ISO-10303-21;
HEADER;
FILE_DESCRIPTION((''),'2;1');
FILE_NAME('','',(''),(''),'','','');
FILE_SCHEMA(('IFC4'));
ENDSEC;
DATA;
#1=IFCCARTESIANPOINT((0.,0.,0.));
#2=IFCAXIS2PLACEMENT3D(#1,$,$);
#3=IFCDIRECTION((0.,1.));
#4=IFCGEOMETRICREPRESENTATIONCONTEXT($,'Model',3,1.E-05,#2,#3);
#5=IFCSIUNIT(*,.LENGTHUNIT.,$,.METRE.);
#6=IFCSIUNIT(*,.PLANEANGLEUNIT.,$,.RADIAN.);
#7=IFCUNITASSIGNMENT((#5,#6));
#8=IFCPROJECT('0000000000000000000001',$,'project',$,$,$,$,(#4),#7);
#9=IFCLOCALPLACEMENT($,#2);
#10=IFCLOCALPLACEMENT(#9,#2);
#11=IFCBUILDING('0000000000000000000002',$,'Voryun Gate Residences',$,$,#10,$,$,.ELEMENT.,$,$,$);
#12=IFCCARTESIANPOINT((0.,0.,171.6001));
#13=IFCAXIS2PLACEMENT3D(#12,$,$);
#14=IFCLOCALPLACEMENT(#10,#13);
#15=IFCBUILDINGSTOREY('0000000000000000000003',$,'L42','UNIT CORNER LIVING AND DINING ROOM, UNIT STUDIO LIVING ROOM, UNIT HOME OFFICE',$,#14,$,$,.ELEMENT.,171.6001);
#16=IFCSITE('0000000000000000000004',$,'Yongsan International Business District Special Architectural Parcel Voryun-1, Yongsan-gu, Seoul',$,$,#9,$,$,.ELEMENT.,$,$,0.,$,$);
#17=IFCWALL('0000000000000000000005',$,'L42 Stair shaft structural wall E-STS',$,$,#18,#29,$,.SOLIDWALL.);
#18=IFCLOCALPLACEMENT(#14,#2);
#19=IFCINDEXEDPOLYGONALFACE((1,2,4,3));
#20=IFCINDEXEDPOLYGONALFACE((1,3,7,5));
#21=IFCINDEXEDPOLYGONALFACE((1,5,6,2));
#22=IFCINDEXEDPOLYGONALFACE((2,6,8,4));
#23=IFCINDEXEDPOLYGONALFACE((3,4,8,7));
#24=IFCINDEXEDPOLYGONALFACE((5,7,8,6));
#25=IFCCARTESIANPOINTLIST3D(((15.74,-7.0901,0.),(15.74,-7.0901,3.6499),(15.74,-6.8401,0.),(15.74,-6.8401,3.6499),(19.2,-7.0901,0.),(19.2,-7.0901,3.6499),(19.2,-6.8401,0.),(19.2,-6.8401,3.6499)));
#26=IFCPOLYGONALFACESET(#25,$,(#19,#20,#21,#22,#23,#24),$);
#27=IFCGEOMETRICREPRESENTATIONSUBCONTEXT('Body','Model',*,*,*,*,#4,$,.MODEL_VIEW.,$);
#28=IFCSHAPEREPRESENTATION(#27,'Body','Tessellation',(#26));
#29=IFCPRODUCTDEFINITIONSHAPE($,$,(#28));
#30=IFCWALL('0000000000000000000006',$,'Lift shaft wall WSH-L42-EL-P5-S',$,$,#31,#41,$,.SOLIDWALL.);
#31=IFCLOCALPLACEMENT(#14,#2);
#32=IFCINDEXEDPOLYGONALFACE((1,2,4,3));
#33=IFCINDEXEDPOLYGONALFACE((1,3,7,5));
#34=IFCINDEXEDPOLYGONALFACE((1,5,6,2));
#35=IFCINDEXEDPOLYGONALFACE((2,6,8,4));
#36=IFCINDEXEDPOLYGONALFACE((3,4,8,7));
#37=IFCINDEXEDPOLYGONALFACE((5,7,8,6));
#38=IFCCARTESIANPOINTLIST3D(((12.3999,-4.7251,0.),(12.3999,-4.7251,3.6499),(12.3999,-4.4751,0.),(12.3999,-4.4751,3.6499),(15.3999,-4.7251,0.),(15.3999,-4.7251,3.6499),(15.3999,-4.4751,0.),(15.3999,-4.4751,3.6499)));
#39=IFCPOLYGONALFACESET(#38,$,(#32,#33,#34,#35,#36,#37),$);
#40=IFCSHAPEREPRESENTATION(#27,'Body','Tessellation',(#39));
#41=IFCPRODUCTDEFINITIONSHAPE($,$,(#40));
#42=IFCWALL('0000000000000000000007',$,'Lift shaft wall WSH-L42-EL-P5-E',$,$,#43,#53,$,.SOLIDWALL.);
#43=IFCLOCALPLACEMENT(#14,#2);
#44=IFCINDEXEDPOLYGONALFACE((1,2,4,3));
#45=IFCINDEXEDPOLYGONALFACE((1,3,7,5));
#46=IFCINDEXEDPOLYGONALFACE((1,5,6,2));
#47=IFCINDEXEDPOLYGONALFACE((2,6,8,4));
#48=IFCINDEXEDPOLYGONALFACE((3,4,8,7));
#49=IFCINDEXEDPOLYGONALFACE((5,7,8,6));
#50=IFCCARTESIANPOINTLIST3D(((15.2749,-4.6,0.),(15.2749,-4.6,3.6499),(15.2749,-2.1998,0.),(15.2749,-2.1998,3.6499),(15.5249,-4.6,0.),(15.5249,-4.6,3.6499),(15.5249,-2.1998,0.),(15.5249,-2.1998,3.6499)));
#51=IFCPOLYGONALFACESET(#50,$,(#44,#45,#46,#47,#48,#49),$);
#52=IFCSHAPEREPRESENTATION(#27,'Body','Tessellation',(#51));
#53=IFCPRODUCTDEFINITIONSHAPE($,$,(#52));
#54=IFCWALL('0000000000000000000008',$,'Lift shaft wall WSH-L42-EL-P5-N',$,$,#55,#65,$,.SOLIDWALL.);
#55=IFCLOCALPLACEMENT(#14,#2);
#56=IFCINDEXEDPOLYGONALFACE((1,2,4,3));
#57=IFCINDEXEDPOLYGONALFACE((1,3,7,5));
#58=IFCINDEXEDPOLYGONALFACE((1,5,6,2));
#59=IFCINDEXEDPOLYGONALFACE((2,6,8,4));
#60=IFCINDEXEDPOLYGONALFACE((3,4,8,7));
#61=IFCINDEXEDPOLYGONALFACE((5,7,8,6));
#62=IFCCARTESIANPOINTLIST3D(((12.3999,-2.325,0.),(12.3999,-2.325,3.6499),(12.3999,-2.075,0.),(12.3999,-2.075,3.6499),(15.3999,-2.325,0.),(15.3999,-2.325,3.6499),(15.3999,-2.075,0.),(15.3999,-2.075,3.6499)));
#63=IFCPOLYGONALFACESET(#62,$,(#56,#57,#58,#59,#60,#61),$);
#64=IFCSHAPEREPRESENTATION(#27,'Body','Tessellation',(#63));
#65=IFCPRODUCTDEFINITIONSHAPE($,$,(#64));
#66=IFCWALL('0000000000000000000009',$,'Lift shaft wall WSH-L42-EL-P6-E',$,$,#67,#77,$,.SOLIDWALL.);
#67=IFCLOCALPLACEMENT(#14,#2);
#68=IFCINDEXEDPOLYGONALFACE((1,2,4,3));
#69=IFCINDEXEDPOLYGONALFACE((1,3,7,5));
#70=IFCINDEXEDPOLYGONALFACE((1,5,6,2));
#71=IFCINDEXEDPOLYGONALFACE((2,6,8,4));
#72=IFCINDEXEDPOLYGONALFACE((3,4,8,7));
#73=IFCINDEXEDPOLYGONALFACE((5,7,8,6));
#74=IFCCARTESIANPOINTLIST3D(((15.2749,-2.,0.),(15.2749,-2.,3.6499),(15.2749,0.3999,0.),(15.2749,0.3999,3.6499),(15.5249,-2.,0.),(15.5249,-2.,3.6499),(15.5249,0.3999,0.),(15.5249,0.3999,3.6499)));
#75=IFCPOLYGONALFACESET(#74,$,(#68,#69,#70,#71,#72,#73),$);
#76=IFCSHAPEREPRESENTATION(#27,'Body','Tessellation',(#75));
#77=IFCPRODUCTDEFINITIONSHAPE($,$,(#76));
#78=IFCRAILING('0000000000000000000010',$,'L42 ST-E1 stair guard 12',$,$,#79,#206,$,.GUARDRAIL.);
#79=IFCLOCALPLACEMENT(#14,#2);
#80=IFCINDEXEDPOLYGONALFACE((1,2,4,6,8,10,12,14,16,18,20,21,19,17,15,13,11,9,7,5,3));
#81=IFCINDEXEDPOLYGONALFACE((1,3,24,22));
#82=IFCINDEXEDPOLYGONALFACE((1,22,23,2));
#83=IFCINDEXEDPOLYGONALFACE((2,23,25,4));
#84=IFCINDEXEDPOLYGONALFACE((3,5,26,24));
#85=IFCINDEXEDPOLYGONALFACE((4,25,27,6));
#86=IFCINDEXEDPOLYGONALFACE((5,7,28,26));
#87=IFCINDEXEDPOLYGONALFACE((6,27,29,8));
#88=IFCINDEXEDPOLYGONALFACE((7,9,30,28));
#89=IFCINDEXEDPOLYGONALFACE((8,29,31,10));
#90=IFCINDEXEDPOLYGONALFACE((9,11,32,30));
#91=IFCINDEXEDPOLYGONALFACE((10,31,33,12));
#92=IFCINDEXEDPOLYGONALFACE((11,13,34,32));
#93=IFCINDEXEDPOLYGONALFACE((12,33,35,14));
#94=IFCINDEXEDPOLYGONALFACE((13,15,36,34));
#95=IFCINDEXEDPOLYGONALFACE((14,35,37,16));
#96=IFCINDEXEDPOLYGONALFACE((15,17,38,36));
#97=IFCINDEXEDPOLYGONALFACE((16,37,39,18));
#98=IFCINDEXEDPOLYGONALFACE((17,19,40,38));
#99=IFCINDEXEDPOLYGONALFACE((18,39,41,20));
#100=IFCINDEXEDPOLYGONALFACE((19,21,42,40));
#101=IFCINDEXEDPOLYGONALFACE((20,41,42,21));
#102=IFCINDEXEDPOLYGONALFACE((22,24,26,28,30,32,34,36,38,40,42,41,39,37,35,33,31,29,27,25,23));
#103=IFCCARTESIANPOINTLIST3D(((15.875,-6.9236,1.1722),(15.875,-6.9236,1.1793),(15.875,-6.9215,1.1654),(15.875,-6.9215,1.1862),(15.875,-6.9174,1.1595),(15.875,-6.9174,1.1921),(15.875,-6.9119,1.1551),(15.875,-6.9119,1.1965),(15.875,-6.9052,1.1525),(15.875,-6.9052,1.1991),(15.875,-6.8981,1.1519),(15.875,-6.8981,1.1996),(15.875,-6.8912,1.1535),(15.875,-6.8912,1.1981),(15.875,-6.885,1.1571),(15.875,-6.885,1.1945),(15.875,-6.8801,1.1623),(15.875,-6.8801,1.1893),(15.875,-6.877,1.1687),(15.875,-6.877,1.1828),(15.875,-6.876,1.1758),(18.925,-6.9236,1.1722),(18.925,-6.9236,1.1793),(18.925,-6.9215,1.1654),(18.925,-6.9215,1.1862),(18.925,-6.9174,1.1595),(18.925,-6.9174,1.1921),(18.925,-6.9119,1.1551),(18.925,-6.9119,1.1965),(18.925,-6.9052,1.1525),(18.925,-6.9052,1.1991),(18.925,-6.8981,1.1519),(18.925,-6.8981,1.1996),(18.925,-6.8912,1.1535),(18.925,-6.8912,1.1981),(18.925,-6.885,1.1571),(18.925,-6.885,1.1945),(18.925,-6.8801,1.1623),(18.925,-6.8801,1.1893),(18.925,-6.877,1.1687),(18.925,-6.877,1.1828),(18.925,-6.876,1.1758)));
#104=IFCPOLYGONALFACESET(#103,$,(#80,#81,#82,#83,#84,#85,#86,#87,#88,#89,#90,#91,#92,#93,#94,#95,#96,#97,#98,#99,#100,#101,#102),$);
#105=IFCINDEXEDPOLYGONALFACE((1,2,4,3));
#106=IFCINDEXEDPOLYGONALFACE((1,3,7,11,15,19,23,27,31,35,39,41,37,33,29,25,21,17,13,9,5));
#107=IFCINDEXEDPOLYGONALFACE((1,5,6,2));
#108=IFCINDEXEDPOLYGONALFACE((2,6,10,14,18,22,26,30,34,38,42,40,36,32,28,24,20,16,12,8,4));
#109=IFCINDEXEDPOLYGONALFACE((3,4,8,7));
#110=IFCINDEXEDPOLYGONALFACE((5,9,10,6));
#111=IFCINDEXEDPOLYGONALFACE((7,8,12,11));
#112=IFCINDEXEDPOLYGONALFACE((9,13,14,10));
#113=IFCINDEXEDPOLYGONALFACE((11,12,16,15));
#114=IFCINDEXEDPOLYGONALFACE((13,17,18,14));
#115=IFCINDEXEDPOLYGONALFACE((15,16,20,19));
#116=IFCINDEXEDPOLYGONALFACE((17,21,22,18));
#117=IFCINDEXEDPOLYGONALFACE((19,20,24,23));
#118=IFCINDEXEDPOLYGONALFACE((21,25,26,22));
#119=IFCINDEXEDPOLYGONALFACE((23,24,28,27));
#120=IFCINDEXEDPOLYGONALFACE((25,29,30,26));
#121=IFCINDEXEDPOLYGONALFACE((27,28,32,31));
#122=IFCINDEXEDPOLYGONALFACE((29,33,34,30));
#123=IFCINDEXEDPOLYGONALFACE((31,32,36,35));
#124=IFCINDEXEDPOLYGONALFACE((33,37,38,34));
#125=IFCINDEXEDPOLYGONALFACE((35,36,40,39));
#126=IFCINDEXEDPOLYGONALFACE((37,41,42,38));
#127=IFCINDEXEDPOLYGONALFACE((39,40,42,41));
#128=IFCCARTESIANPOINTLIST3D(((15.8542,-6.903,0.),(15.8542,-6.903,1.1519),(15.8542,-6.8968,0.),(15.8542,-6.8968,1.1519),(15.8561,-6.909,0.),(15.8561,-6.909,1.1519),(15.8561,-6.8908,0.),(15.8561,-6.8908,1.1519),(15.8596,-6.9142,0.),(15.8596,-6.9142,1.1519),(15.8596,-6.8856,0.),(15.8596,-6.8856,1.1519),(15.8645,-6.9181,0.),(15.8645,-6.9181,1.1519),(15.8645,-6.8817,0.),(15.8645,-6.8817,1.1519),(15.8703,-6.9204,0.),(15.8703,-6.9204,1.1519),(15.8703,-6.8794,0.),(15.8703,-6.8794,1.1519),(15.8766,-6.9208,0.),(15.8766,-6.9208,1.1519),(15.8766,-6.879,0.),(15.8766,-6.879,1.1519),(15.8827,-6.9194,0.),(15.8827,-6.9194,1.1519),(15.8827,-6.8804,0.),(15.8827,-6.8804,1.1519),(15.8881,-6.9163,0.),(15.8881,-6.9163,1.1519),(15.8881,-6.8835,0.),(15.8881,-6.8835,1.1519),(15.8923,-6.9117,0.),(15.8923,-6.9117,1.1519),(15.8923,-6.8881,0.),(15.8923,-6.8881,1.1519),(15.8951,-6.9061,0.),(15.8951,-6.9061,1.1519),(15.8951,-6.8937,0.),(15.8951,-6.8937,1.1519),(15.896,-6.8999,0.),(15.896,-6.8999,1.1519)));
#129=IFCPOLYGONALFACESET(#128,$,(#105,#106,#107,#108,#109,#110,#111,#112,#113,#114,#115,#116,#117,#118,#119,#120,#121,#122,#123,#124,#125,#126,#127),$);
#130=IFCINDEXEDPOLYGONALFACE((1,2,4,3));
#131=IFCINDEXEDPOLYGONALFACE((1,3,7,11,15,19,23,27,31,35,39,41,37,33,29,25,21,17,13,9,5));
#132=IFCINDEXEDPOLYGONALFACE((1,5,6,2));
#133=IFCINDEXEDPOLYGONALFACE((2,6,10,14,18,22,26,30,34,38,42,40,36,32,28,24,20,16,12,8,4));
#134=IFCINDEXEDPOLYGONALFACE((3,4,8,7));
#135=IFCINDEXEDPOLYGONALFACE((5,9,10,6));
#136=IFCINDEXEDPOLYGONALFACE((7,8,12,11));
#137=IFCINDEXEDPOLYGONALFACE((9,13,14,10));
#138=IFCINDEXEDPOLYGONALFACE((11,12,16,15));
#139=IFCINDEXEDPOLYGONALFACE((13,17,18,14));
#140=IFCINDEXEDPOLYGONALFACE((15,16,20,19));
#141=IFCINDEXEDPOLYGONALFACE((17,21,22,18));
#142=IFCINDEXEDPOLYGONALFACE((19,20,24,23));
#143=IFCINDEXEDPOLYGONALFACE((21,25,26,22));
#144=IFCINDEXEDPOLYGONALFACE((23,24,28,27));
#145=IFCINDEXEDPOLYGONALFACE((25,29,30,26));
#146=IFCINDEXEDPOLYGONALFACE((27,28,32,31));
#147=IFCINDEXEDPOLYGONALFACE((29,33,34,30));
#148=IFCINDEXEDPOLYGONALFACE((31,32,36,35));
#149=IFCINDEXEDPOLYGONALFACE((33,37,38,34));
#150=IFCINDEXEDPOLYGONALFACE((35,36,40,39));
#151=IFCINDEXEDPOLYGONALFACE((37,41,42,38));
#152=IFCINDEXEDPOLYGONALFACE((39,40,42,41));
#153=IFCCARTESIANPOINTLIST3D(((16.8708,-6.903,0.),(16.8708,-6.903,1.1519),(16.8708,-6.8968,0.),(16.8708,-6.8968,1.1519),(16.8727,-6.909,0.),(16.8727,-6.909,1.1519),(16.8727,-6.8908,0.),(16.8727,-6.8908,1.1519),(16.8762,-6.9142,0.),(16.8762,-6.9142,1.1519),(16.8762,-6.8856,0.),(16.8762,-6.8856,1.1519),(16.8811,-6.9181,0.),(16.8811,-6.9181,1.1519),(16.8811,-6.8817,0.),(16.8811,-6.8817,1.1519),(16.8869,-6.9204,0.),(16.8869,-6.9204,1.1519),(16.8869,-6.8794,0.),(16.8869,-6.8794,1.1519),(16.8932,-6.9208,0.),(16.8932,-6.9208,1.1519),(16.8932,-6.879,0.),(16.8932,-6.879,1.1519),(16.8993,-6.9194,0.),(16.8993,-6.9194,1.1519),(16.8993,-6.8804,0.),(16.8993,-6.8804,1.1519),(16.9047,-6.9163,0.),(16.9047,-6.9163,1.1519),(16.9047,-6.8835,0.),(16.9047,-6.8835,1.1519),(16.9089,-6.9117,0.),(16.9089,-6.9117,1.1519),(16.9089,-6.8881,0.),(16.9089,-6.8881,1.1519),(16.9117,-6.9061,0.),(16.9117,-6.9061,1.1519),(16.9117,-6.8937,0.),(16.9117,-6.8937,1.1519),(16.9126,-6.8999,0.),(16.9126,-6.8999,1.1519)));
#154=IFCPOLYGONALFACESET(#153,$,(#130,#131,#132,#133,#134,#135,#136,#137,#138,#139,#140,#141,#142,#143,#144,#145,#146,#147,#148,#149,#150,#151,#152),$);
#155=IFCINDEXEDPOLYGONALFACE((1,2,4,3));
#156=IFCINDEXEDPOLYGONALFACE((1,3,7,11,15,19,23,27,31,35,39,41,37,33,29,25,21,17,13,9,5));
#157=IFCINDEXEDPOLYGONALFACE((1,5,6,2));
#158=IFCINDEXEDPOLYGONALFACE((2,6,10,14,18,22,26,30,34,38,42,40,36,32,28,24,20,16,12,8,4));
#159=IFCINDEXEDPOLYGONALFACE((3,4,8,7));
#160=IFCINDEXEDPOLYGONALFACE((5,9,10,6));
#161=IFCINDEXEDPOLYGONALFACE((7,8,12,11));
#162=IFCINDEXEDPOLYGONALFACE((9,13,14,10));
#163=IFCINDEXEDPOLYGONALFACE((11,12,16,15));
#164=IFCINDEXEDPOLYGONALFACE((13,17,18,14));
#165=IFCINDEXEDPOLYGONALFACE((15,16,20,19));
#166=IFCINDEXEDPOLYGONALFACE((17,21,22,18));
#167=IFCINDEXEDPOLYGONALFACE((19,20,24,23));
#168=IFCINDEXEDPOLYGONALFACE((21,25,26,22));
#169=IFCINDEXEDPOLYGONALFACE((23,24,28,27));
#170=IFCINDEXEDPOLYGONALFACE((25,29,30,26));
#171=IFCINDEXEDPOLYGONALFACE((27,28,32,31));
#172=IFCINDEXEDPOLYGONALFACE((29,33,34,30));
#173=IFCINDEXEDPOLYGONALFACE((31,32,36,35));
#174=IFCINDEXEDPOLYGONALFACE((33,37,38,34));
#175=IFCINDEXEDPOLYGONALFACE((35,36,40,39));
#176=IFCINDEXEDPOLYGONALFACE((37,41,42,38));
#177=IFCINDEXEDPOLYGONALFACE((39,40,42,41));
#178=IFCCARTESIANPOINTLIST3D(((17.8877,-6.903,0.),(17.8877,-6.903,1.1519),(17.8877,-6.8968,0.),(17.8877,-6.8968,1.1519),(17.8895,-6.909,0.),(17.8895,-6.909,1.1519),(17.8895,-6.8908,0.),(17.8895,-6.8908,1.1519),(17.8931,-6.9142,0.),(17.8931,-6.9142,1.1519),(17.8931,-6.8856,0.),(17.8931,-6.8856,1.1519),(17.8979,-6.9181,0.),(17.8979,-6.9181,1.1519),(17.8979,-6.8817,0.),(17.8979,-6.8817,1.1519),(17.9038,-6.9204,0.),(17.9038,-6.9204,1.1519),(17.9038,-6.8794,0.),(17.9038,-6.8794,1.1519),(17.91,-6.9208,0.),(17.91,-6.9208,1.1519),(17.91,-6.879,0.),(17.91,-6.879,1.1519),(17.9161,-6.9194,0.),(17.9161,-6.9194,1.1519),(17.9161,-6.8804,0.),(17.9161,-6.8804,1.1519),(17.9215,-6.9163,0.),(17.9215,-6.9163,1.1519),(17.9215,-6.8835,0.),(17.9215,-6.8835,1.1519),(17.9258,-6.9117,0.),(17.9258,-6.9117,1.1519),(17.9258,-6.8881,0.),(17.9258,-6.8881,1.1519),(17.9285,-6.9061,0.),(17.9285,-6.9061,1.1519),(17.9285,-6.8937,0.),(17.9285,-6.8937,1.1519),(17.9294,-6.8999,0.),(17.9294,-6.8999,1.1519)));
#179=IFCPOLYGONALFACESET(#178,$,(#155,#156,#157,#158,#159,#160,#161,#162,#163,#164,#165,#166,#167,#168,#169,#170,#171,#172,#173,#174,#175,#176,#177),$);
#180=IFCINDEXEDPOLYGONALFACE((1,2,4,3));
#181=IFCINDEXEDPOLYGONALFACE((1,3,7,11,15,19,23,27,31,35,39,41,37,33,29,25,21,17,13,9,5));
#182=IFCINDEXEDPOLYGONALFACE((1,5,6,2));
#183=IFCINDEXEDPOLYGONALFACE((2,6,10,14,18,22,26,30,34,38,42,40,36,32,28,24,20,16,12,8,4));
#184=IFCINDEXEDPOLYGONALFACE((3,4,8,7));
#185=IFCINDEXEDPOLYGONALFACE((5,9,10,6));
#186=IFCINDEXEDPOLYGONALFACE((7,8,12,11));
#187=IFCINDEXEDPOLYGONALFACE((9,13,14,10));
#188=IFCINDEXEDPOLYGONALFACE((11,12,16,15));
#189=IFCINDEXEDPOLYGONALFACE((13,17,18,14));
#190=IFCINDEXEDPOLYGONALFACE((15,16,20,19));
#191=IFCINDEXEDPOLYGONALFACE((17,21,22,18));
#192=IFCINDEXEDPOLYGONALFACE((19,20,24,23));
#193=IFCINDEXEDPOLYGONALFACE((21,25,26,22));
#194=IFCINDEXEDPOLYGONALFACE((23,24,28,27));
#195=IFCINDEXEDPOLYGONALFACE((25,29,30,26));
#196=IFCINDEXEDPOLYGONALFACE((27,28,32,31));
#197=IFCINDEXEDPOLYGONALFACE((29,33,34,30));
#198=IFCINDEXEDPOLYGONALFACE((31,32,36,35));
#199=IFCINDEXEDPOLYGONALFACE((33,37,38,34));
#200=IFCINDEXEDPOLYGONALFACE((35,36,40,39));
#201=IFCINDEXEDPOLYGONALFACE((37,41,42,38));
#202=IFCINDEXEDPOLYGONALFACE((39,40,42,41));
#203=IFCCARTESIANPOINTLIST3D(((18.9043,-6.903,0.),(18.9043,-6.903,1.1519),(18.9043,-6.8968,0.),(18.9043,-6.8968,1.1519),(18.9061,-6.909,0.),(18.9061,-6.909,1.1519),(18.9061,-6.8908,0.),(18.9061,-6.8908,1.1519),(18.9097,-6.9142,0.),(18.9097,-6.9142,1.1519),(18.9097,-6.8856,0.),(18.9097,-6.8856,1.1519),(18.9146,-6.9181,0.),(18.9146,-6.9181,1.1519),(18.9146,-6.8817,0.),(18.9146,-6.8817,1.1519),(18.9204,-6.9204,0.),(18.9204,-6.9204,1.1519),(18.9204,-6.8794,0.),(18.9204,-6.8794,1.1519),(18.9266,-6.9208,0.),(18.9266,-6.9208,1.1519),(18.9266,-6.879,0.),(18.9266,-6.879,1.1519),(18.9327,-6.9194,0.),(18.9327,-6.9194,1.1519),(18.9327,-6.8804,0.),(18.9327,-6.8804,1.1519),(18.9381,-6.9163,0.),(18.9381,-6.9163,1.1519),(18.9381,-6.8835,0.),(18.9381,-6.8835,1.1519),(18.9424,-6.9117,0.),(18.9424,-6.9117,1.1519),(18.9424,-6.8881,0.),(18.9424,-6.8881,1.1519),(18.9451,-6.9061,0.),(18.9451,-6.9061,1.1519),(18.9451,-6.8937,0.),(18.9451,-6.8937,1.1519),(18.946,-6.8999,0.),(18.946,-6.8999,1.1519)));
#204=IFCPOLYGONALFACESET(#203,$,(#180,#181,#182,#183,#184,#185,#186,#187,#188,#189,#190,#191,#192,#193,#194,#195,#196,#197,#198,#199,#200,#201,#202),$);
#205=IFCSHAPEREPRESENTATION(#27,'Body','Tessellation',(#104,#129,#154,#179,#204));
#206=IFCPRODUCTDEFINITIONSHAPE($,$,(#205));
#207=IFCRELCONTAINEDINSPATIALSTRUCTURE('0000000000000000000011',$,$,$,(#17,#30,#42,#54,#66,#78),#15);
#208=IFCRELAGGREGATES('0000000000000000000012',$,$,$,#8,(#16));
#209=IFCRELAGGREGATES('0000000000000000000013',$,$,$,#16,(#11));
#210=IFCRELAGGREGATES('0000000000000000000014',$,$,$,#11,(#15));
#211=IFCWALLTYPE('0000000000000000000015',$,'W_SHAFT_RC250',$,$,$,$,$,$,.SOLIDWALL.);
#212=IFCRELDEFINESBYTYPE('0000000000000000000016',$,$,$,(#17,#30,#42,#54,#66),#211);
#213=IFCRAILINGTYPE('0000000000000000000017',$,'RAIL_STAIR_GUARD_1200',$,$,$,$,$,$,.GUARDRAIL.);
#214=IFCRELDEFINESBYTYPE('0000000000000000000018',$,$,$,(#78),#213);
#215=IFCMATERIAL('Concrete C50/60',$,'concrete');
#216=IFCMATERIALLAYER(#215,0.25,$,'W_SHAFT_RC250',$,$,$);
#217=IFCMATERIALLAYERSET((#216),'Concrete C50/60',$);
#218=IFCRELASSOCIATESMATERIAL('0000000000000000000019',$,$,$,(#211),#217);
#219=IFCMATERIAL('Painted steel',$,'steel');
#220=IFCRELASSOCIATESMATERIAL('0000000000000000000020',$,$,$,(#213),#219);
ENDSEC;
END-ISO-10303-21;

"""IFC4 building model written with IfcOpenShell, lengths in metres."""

from ifc_helpers import new_model, si_unit, direction, frame, frame_2d, origin, origin_2d, place, context, subcontext, project, spatial, rectangle, circle, extrude, material, layer, layer_set, type_object, element, save


model = new_model("IFC4")

# Units and contexts
model_context = context("Model", 3, precision=1e-05, world=origin(), true_north=direction((0.0, 1.0)))
body_context = subcontext(model_context, "Body", "Model", "MODEL_VIEW")
ifc_project = project(units=[si_unit("LENGTHUNIT", "METRE"), si_unit("PLANEANGLEUNIT", "RADIAN")], contexts=[model_context])

# Site, building, storey
site_placement = place(None, origin())
site = spatial("IfcSite", under=ifc_project, at=site_placement, Name="Yongsan International Business District Special Architectural Parcel Voryun-1, Yongsan-gu, Seoul", CompositionType="ELEMENT", RefElevation=0.0)
building_placement = place(site_placement, origin())
building = spatial("IfcBuilding", under=site, at=building_placement, Name="Voryun Gate Residences", CompositionType="ELEMENT")
storey_placement = place(building_placement, frame((0.0, 0.0, 171.6001)))
storey = spatial("IfcBuildingStorey", under=building, at=storey_placement, Name="L42", Description="UNIT CORNER LIVING AND DINING ROOM, UNIT STUDIO LIVING ROOM, UNIT HOME OFFICE", CompositionType="ELEMENT", Elevation=171.6001)

# Walls
ifc_material_1 = material(Name="Concrete C50/60", Category="concrete")
ifc_layer_1 = layer(ifc_material_1, 0.25, Name="W_SHAFT_RC250")
ifc_layer_set_1 = layer_set([ifc_layer_1], Name="Concrete C50/60")
wall_type_1 = type_object("IfcWallType", Name="W_SHAFT_RC250", PredefinedType="SOLIDWALL", material=ifc_layer_set_1)
wall_1_placement = place(storey_placement, frame((15.74, -6.9651, 0.0), z_axis=(0.0, 0.0, 1.0), x_axis=(1.0, 0.0, 0.0)))
element("IfcWall", 1, at=wall_1_placement, inside=storey, type_object=wall_type_1, Name="L42 Stair shaft structural wall E-STS", PredefinedType="SOLIDWALL", context=body_context, shape_type="SweptSolid", body=[
    extrude(rectangle(XDim=3.46, YDim=0.25, at=frame_2d((1.73, 0.0))), origin(), (0.0, 0.0, 1.0), 3.6499),
])
wall_2_placement = place(storey_placement, frame((12.3999, -4.6001, 0.0), z_axis=(0.0, 0.0, 1.0), x_axis=(1.0, 0.0, 0.0)))
element("IfcWall", 2, at=wall_2_placement, inside=storey, type_object=wall_type_1, Name="Lift shaft wall WSH-L42-EL-P5-S", PredefinedType="SOLIDWALL", context=body_context, shape_type="SweptSolid", body=[
    extrude(rectangle(XDim=3.0, YDim=0.25, at=frame_2d((1.5, 0.0))), origin(), (0.0, 0.0, 1.0), 3.6499),
])
wall_3_placement = place(storey_placement, frame((15.3999, -4.6001, 0.0), z_axis=(0.0, 0.0, 1.0), x_axis=(0.0, 1.0, 0.0)))
element("IfcWall", 3, at=wall_3_placement, inside=storey, type_object=wall_type_1, Name="Lift shaft wall WSH-L42-EL-P5-E", PredefinedType="SOLIDWALL", context=body_context, shape_type="SweptSolid", body=[
    extrude(rectangle(XDim=2.4001, YDim=0.25, at=frame_2d((1.2002, 0.0))), origin(), (0.0, 0.0, 1.0), 3.6499),
])
wall_4_placement = place(storey_placement, frame((15.3999, -2.2, 0.0), z_axis=(0.0, 0.0, 1.0), x_axis=(-1.0, 0.0, 0.0)))
element("IfcWall", 4, at=wall_4_placement, inside=storey, type_object=wall_type_1, Name="Lift shaft wall WSH-L42-EL-P5-N", PredefinedType="SOLIDWALL", context=body_context, shape_type="SweptSolid", body=[
    extrude(rectangle(XDim=3.0, YDim=0.25, at=frame_2d((1.5, 0.0))), origin(), (0.0, 0.0, 1.0), 3.6499),
])
wall_5_placement = place(storey_placement, frame((15.3999, -2.0, 0.0), z_axis=(0.0, 0.0, 1.0), x_axis=(0.0, 1.0, 0.0)))
element("IfcWall", 5, at=wall_5_placement, inside=storey, type_object=wall_type_1, Name="Lift shaft wall WSH-L42-EL-P6-E", PredefinedType="SOLIDWALL", context=body_context, shape_type="SweptSolid", body=[
    extrude(rectangle(XDim=2.3999, YDim=0.25, at=frame_2d((1.2, 0.0))), origin(), (0.0, 0.0, 1.0), 3.6499),
])

# Railing
ifc_material_2 = material(Name="Painted steel", Category="steel")
railing_type = type_object("IfcRailingType", Name="RAIL_STAIR_GUARD_1200", PredefinedType="GUARDRAIL", material=ifc_material_2)
railing_placement = place(storey_placement, frame((15.875, -6.8999, 0.0)))
element("IfcRailing", 6, at=railing_placement, inside=storey, type_object=railing_type, Name="L42 ST-E1 stair guard 12", PredefinedType="GUARDRAIL", context=body_context, shape_type="SweptSolid", body=[
    extrude(circle(Radius=0.0239, at=origin_2d()), frame((0.0, 0.0, 1.1758), z_axis=(1.0, 0.0, 0.0), x_axis=(0.0, 1.0, 0.0)), (0.0, 0.0, 1.0), 3.05),
    extrude(circle(Radius=0.021, at=origin_2d()), origin(), (0.0, 0.0, 1.0), 1.1519),
    extrude(circle(Radius=0.021, at=origin_2d()), frame((1.0166, 0.0, 0.0)), (0.0, 0.0, 1.0), 1.1519),
    extrude(circle(Radius=0.021, at=origin_2d()), frame((2.0334, 0.0, 0.0)), (0.0, 0.0, 1.0), 1.1519),
    extrude(circle(Radius=0.021, at=origin_2d()), frame((3.05, 0.0, 0.0)), (0.0, 0.0, 1.0), 1.1519),
])

save(model, "model.ifc")
